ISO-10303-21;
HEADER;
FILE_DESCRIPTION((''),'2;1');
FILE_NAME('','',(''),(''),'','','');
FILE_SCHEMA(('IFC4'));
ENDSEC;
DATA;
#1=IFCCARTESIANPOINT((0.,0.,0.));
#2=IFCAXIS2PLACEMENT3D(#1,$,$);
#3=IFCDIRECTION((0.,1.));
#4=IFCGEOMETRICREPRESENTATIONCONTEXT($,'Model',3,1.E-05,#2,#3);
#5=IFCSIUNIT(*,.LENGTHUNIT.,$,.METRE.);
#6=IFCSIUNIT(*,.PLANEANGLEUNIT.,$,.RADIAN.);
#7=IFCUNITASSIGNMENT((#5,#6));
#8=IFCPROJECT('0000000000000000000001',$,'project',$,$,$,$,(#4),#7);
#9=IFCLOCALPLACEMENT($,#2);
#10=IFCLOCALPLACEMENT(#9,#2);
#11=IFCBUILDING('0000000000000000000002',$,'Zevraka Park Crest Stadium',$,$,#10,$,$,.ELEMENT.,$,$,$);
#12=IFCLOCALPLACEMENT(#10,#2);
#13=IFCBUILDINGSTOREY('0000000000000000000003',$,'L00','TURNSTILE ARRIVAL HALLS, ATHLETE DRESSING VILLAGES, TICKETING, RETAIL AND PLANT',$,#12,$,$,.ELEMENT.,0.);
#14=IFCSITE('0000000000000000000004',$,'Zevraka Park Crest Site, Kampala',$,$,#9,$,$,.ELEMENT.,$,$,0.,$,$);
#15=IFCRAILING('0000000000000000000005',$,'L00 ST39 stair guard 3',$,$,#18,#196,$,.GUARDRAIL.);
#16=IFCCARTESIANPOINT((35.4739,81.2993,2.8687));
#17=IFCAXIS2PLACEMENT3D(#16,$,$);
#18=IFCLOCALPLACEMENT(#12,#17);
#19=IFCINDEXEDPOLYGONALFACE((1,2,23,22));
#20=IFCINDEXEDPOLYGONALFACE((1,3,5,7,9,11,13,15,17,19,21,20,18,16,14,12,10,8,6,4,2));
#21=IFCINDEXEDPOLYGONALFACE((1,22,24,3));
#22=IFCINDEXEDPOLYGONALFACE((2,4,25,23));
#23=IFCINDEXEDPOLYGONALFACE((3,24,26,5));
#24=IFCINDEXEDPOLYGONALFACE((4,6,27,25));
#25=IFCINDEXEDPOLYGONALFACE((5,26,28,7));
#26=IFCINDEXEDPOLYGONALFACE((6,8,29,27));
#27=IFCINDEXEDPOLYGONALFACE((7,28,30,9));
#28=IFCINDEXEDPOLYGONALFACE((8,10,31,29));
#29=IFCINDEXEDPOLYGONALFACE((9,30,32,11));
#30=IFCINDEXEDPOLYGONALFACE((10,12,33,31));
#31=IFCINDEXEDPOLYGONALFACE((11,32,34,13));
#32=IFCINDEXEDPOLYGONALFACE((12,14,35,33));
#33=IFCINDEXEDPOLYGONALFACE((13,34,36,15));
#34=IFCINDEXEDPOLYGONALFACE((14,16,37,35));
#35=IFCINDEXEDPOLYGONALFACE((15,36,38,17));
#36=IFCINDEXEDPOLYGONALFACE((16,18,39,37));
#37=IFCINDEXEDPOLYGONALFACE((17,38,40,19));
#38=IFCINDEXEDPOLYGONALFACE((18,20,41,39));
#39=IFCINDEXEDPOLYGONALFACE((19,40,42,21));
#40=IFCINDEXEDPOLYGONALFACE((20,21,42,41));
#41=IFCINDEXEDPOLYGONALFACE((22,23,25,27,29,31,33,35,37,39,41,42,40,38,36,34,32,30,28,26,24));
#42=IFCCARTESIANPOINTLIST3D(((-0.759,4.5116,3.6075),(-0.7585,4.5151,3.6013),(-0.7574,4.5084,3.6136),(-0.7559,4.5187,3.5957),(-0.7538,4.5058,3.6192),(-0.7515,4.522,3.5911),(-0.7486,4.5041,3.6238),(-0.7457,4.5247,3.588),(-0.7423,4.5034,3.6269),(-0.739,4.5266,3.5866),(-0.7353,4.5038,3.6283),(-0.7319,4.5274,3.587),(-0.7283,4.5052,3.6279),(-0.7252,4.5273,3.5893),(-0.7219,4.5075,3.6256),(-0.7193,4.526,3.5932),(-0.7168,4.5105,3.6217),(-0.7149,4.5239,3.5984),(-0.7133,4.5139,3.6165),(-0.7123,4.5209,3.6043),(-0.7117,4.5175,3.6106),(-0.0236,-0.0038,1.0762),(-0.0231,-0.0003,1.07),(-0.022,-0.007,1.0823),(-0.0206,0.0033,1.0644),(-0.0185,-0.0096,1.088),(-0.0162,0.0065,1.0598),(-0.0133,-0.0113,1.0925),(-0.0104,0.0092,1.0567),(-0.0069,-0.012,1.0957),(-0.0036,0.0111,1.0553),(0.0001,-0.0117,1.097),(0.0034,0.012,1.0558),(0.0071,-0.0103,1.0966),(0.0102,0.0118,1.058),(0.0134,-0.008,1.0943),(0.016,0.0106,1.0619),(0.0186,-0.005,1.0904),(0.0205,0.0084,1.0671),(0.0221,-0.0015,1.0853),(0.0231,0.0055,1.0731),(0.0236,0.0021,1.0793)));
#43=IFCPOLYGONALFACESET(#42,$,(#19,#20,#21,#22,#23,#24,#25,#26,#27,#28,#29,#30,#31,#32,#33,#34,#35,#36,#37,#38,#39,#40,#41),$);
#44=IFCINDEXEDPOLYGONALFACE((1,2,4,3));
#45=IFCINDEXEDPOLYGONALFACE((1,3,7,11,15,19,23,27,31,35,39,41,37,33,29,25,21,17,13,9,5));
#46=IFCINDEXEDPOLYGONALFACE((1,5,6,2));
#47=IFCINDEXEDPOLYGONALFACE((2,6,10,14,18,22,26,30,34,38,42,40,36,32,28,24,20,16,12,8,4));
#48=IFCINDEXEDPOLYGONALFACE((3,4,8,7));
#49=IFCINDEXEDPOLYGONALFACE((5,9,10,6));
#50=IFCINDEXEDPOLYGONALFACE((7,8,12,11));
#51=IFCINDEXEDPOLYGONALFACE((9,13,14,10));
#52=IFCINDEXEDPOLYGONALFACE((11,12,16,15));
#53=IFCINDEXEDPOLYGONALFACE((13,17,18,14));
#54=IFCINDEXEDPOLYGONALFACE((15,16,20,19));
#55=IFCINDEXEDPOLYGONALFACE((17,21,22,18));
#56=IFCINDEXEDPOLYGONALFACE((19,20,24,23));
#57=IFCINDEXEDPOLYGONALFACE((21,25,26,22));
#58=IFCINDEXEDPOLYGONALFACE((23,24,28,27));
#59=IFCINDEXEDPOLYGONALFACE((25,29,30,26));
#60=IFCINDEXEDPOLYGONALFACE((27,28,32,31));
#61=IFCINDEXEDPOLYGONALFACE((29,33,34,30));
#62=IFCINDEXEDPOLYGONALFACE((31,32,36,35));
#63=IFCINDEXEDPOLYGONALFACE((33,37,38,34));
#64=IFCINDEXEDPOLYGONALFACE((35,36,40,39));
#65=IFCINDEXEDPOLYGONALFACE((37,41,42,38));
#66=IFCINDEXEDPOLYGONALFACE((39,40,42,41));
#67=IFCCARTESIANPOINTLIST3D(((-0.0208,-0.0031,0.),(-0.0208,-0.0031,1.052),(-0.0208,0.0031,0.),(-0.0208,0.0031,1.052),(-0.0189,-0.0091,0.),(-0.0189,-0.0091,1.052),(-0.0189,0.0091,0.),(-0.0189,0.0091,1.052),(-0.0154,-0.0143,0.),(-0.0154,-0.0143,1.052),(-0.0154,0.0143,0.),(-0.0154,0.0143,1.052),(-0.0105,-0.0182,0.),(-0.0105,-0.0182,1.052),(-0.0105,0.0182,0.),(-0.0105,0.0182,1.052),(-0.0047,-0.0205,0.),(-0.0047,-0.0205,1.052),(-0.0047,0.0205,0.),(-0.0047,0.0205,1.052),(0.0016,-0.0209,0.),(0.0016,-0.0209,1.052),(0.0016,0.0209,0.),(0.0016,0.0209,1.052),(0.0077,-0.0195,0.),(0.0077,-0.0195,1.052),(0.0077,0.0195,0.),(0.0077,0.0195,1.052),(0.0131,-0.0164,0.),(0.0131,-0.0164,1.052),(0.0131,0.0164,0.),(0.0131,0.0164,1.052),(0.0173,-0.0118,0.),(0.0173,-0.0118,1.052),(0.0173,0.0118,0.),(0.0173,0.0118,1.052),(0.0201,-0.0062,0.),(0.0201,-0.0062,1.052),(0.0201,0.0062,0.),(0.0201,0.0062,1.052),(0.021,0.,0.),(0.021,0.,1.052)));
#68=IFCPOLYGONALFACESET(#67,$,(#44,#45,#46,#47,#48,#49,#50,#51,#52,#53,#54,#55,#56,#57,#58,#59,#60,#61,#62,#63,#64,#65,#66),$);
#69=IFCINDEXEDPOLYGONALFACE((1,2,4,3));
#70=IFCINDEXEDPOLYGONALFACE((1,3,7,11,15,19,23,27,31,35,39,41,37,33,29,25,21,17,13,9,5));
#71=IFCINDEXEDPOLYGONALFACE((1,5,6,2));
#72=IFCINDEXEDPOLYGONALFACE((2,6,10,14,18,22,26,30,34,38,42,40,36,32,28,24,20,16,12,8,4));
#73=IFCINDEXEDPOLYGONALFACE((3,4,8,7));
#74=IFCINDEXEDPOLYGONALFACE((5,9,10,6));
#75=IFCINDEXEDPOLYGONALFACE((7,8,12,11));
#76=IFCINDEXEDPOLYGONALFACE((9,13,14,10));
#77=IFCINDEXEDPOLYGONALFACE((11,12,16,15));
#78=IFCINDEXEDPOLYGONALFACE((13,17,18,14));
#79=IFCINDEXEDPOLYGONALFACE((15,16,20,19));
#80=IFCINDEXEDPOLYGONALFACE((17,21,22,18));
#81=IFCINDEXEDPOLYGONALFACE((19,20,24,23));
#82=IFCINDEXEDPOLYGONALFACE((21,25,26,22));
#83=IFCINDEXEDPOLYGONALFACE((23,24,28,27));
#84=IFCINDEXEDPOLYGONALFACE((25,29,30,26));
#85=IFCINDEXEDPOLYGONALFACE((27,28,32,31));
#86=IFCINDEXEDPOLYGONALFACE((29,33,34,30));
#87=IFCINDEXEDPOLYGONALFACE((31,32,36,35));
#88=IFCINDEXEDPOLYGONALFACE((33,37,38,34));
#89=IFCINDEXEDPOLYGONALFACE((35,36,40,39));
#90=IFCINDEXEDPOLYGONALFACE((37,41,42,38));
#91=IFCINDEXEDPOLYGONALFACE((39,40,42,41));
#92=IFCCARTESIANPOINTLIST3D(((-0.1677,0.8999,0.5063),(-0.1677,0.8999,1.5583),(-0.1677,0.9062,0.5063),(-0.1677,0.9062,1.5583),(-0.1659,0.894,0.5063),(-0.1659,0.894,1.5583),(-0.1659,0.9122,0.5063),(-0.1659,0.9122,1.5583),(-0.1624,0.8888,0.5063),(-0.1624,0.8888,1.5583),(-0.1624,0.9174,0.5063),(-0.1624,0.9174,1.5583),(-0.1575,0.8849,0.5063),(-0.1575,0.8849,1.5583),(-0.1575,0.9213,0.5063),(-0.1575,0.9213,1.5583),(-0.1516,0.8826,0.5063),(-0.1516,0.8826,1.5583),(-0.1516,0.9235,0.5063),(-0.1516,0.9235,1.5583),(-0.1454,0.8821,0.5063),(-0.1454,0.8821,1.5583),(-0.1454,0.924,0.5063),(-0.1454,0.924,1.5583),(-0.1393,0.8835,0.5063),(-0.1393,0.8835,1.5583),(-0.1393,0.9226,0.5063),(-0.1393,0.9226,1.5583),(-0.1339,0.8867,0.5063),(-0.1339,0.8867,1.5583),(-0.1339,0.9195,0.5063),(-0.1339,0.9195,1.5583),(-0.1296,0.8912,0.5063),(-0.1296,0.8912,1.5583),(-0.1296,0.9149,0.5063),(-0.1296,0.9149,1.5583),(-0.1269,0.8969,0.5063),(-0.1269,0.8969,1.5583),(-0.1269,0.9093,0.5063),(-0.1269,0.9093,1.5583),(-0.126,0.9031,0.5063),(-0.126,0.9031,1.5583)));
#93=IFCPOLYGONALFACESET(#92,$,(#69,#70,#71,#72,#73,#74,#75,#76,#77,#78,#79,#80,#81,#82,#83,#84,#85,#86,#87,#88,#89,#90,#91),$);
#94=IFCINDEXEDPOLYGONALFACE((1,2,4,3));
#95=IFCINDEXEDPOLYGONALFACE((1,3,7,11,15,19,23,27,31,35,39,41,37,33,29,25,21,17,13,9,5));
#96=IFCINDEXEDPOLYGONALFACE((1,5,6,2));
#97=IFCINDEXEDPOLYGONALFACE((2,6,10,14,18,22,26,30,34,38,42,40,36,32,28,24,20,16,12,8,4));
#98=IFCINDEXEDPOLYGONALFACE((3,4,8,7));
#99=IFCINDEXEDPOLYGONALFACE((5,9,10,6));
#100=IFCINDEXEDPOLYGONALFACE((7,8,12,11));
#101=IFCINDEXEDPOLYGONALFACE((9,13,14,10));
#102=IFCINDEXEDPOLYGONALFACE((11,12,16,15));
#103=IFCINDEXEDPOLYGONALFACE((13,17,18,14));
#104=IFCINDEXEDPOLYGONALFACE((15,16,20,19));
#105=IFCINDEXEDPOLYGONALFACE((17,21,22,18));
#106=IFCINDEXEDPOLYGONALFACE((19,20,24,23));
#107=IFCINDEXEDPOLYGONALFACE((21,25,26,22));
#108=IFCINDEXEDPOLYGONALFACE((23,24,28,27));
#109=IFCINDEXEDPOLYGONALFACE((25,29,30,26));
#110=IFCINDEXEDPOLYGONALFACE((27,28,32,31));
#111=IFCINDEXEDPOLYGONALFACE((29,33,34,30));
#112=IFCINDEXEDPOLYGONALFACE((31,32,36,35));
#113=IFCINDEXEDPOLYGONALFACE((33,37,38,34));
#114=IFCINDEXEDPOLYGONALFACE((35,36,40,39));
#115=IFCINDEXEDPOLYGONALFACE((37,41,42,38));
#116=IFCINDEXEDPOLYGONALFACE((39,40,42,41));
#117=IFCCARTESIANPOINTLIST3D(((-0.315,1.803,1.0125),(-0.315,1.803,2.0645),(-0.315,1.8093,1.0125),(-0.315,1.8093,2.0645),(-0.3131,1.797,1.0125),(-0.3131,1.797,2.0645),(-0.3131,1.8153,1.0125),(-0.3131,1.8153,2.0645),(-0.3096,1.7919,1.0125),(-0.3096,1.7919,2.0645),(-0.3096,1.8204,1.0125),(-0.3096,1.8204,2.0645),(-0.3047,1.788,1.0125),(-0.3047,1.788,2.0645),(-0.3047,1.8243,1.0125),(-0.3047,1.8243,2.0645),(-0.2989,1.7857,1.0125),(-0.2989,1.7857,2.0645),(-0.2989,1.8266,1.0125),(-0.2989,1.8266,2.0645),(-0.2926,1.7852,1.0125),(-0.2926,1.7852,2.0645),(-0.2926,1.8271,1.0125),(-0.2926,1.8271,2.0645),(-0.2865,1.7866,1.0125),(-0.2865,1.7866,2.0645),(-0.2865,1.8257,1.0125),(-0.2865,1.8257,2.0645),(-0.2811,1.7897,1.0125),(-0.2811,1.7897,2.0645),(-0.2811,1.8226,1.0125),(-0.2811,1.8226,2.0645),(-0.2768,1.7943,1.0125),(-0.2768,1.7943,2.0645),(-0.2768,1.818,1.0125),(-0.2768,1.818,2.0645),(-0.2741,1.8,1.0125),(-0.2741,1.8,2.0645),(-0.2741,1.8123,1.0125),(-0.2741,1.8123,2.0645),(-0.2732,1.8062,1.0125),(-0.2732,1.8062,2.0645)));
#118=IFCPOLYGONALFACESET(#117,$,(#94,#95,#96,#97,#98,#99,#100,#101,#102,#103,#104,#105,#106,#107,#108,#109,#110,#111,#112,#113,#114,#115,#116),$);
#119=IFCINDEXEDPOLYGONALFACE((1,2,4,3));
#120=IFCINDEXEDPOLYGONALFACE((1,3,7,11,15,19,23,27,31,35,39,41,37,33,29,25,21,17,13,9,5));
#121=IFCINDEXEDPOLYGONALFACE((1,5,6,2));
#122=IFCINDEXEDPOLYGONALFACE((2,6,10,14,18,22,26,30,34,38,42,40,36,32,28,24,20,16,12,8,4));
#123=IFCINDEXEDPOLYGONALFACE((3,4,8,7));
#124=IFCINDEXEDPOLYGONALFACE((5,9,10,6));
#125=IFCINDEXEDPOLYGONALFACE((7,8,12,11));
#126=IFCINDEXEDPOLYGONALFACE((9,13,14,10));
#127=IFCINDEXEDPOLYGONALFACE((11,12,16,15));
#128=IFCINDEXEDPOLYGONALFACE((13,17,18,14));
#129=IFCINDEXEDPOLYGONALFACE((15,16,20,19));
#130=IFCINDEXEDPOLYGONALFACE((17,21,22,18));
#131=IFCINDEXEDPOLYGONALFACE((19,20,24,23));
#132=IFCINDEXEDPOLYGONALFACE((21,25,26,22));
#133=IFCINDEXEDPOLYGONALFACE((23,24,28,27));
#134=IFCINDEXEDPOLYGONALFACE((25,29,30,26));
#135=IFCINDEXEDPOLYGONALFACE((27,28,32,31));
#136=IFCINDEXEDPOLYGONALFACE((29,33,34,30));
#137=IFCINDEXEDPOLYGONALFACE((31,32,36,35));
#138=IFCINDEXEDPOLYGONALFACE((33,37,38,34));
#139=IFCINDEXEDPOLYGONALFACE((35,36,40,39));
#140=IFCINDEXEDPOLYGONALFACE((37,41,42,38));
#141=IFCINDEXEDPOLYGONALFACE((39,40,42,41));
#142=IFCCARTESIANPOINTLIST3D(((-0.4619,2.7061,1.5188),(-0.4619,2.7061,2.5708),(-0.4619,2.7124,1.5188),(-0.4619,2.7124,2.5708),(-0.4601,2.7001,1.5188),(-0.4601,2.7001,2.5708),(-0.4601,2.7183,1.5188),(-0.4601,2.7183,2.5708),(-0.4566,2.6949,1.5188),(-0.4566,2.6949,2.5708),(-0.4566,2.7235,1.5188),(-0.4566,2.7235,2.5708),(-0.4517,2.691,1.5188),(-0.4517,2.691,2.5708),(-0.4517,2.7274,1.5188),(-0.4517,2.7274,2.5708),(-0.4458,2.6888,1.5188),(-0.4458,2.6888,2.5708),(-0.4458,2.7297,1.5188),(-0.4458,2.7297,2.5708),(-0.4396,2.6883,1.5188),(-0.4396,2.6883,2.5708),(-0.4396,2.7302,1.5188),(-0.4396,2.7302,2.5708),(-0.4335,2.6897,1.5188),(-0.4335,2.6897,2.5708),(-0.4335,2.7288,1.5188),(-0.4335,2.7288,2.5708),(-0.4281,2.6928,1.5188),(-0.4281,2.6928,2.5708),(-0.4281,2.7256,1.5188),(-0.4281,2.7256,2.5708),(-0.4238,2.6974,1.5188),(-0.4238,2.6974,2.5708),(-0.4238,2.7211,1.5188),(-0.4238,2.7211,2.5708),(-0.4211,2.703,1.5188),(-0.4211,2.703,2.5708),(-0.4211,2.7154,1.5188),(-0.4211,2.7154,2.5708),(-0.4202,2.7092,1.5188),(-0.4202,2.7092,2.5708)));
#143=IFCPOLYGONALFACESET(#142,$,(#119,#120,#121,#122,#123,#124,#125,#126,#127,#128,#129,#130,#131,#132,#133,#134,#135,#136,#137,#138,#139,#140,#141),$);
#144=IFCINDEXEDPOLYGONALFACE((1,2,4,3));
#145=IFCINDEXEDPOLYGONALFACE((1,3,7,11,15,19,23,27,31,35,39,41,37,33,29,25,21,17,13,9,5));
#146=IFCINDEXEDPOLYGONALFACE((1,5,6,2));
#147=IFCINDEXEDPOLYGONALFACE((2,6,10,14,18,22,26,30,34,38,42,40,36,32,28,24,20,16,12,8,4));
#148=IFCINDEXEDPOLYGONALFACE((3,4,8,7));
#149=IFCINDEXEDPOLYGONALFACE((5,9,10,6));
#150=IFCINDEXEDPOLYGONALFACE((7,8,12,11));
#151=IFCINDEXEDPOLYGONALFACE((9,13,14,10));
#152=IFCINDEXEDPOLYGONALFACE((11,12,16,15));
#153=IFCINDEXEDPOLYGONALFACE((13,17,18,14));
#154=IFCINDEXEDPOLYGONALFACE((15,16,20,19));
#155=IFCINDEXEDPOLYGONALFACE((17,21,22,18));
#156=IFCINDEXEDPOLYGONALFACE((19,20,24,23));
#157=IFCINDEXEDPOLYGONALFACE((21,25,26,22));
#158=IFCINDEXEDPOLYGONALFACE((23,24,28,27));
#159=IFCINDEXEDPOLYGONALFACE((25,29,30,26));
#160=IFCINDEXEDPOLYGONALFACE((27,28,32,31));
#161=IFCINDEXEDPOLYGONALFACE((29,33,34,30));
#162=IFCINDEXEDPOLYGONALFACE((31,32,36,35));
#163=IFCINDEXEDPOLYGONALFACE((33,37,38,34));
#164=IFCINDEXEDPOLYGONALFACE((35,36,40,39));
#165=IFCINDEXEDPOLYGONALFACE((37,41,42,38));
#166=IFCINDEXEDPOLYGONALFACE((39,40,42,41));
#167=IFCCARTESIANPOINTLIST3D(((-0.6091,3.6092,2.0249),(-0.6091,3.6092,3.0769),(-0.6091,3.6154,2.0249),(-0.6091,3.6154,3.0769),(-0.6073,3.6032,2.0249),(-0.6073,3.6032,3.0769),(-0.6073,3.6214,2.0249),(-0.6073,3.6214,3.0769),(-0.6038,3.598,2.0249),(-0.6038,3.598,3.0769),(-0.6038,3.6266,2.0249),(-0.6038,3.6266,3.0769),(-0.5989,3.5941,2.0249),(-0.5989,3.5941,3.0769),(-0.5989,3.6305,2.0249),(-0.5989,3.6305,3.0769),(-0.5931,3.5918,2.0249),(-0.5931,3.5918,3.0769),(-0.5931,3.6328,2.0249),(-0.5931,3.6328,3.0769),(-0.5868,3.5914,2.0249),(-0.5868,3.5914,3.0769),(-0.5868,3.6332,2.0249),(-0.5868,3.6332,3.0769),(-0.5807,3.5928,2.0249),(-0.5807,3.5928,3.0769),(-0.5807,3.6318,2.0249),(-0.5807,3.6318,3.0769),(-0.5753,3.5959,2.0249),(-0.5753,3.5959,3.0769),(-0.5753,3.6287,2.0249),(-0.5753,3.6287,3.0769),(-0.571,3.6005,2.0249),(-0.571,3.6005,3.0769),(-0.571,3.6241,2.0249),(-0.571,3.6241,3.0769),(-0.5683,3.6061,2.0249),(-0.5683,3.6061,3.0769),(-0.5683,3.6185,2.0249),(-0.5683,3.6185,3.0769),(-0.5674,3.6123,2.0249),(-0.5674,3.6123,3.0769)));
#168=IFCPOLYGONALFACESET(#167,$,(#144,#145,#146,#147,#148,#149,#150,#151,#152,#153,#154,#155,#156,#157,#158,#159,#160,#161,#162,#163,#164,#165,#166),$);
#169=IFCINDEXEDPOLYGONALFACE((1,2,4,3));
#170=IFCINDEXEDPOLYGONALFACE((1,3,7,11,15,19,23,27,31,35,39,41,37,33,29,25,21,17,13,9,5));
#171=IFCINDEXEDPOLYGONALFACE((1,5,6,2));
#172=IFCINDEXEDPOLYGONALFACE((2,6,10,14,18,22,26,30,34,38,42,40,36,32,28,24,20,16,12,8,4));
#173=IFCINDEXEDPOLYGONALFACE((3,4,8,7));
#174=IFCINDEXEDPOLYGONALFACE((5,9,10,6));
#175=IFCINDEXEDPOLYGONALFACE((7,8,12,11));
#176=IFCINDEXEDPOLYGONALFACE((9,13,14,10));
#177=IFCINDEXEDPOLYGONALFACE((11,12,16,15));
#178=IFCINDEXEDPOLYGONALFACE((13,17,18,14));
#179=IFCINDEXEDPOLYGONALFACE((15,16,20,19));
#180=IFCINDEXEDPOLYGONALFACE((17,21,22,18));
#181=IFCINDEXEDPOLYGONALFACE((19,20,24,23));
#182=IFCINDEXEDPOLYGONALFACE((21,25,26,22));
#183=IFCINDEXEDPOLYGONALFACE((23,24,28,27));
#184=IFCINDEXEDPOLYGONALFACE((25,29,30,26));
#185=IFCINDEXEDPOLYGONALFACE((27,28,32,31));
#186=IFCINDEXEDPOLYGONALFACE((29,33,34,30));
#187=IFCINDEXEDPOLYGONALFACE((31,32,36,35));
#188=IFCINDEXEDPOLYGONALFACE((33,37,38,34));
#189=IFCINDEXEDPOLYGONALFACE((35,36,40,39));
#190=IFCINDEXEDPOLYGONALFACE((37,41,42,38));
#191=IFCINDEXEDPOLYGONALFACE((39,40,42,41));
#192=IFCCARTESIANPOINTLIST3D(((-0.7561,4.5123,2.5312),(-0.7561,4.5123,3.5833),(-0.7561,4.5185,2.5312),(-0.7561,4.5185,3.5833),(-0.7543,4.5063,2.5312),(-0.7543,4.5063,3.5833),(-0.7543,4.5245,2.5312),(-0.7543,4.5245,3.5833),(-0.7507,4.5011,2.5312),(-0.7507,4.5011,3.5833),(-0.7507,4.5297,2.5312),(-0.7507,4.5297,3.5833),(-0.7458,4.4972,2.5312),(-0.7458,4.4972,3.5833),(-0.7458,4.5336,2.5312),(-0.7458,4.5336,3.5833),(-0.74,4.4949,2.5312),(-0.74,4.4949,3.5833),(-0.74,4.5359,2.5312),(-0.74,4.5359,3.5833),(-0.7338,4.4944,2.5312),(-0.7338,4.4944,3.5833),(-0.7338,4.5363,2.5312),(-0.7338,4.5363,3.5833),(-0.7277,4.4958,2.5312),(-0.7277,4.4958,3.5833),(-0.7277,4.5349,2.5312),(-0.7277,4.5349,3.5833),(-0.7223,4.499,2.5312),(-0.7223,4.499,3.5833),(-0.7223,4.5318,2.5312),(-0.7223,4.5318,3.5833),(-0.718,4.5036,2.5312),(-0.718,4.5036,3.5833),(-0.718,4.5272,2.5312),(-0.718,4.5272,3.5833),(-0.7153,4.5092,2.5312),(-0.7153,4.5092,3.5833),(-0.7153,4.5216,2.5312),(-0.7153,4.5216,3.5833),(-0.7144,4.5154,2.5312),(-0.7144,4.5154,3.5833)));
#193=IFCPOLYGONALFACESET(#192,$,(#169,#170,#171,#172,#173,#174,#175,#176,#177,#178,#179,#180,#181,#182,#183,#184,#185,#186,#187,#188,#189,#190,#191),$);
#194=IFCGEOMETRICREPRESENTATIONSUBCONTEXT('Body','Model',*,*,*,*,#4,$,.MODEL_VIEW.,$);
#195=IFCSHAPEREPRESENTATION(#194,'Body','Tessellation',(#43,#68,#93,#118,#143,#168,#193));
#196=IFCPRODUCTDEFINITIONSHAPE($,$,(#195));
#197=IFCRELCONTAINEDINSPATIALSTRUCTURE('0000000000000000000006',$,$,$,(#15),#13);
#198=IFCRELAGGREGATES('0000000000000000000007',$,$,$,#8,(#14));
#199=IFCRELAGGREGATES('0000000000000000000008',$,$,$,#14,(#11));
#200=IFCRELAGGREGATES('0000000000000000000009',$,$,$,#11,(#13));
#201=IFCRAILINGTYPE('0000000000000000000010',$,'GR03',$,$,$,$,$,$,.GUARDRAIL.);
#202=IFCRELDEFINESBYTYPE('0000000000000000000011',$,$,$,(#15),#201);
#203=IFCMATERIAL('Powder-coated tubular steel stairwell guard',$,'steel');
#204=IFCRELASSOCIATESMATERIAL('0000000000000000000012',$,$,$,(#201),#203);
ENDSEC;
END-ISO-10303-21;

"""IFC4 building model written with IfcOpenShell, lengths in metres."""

from ifc_helpers import new_model, si_unit, direction, frame, origin, origin_2d, place, context, subcontext, project, spatial, circle, extrude, material, type_object, element, save


model = new_model("IFC4")

# Units and contexts
model_context = context("Model", 3, precision=1e-05, world=origin(), true_north=direction((0.0, 1.0)))
body_context = subcontext(model_context, "Body", "Model", "MODEL_VIEW")
ifc_project = project(units=[si_unit("LENGTHUNIT", "METRE"), si_unit("PLANEANGLEUNIT", "RADIAN")], contexts=[model_context])

# Site, building, storey
site_placement = place(None, origin())
site = spatial("IfcSite", under=ifc_project, at=site_placement, Name="Zevraka Park Crest Site, Kampala", CompositionType="ELEMENT", RefElevation=0.0)
building_placement = place(site_placement, origin())
building = spatial("IfcBuilding", under=site, at=building_placement, Name="Zevraka Park Crest Stadium", CompositionType="ELEMENT")
storey_placement = place(building_placement, origin())
storey = spatial("IfcBuildingStorey", under=building, at=storey_placement, Name="L00", Description="TURNSTILE ARRIVAL HALLS, ATHLETE DRESSING VILLAGES, TICKETING, RETAIL AND PLANT", CompositionType="ELEMENT", Elevation=0.0)

# Railing
ifc_material_1 = material(Name="Powder-coated tubular steel stairwell guard", Category="steel")
railing_type_1 = type_object("IfcRailingType", Name="GR03", PredefinedType="GUARDRAIL", material=ifc_material_1)
railing_1_placement = place(storey_placement, frame((35.4739, 81.2993, 2.8687)))
element("IfcRailing", 1, at=railing_1_placement, inside=storey, type_object=railing_type_1, Name="L00 ST39 stair guard 3", PredefinedType="GUARDRAIL", context=body_context, shape_type="SweptSolid", body=[
    extrude(circle(Radius=0.0239, at=origin_2d()), frame((0.0, 0.0, 1.0762), z_axis=(-0.140644, 0.863618, 0.484131), x_axis=(-0.986997, -0.160737, 0.0)), (0.0, 0.0, 1.0), 5.2285),
    extrude(circle(Radius=0.021, at=origin_2d()), origin(), (0.0, 0.0, 1.0), 1.052),
    extrude(circle(Radius=0.021, at=origin_2d()), frame((-0.147, 0.9031, 0.5063)), (0.0, 0.0, 1.0), 1.052),
    extrude(circle(Radius=0.021, at=origin_2d()), frame((-0.2942, 1.8062, 1.0125)), (0.0, 0.0, 1.0), 1.052),
    extrude(circle(Radius=0.021, at=origin_2d()), frame((-0.4412, 2.7092, 1.5188)), (0.0, 0.0, 1.0), 1.052),
    extrude(circle(Radius=0.021, at=origin_2d()), frame((-0.5884, 3.6123, 2.0249)), (0.0, 0.0, 1.0), 1.052),
    extrude(circle(Radius=0.021, at=origin_2d()), frame((-0.7354, 4.5154, 2.5312)), (0.0, 0.0, 1.0), 1.052),
])

save(model, "model.ifc")
